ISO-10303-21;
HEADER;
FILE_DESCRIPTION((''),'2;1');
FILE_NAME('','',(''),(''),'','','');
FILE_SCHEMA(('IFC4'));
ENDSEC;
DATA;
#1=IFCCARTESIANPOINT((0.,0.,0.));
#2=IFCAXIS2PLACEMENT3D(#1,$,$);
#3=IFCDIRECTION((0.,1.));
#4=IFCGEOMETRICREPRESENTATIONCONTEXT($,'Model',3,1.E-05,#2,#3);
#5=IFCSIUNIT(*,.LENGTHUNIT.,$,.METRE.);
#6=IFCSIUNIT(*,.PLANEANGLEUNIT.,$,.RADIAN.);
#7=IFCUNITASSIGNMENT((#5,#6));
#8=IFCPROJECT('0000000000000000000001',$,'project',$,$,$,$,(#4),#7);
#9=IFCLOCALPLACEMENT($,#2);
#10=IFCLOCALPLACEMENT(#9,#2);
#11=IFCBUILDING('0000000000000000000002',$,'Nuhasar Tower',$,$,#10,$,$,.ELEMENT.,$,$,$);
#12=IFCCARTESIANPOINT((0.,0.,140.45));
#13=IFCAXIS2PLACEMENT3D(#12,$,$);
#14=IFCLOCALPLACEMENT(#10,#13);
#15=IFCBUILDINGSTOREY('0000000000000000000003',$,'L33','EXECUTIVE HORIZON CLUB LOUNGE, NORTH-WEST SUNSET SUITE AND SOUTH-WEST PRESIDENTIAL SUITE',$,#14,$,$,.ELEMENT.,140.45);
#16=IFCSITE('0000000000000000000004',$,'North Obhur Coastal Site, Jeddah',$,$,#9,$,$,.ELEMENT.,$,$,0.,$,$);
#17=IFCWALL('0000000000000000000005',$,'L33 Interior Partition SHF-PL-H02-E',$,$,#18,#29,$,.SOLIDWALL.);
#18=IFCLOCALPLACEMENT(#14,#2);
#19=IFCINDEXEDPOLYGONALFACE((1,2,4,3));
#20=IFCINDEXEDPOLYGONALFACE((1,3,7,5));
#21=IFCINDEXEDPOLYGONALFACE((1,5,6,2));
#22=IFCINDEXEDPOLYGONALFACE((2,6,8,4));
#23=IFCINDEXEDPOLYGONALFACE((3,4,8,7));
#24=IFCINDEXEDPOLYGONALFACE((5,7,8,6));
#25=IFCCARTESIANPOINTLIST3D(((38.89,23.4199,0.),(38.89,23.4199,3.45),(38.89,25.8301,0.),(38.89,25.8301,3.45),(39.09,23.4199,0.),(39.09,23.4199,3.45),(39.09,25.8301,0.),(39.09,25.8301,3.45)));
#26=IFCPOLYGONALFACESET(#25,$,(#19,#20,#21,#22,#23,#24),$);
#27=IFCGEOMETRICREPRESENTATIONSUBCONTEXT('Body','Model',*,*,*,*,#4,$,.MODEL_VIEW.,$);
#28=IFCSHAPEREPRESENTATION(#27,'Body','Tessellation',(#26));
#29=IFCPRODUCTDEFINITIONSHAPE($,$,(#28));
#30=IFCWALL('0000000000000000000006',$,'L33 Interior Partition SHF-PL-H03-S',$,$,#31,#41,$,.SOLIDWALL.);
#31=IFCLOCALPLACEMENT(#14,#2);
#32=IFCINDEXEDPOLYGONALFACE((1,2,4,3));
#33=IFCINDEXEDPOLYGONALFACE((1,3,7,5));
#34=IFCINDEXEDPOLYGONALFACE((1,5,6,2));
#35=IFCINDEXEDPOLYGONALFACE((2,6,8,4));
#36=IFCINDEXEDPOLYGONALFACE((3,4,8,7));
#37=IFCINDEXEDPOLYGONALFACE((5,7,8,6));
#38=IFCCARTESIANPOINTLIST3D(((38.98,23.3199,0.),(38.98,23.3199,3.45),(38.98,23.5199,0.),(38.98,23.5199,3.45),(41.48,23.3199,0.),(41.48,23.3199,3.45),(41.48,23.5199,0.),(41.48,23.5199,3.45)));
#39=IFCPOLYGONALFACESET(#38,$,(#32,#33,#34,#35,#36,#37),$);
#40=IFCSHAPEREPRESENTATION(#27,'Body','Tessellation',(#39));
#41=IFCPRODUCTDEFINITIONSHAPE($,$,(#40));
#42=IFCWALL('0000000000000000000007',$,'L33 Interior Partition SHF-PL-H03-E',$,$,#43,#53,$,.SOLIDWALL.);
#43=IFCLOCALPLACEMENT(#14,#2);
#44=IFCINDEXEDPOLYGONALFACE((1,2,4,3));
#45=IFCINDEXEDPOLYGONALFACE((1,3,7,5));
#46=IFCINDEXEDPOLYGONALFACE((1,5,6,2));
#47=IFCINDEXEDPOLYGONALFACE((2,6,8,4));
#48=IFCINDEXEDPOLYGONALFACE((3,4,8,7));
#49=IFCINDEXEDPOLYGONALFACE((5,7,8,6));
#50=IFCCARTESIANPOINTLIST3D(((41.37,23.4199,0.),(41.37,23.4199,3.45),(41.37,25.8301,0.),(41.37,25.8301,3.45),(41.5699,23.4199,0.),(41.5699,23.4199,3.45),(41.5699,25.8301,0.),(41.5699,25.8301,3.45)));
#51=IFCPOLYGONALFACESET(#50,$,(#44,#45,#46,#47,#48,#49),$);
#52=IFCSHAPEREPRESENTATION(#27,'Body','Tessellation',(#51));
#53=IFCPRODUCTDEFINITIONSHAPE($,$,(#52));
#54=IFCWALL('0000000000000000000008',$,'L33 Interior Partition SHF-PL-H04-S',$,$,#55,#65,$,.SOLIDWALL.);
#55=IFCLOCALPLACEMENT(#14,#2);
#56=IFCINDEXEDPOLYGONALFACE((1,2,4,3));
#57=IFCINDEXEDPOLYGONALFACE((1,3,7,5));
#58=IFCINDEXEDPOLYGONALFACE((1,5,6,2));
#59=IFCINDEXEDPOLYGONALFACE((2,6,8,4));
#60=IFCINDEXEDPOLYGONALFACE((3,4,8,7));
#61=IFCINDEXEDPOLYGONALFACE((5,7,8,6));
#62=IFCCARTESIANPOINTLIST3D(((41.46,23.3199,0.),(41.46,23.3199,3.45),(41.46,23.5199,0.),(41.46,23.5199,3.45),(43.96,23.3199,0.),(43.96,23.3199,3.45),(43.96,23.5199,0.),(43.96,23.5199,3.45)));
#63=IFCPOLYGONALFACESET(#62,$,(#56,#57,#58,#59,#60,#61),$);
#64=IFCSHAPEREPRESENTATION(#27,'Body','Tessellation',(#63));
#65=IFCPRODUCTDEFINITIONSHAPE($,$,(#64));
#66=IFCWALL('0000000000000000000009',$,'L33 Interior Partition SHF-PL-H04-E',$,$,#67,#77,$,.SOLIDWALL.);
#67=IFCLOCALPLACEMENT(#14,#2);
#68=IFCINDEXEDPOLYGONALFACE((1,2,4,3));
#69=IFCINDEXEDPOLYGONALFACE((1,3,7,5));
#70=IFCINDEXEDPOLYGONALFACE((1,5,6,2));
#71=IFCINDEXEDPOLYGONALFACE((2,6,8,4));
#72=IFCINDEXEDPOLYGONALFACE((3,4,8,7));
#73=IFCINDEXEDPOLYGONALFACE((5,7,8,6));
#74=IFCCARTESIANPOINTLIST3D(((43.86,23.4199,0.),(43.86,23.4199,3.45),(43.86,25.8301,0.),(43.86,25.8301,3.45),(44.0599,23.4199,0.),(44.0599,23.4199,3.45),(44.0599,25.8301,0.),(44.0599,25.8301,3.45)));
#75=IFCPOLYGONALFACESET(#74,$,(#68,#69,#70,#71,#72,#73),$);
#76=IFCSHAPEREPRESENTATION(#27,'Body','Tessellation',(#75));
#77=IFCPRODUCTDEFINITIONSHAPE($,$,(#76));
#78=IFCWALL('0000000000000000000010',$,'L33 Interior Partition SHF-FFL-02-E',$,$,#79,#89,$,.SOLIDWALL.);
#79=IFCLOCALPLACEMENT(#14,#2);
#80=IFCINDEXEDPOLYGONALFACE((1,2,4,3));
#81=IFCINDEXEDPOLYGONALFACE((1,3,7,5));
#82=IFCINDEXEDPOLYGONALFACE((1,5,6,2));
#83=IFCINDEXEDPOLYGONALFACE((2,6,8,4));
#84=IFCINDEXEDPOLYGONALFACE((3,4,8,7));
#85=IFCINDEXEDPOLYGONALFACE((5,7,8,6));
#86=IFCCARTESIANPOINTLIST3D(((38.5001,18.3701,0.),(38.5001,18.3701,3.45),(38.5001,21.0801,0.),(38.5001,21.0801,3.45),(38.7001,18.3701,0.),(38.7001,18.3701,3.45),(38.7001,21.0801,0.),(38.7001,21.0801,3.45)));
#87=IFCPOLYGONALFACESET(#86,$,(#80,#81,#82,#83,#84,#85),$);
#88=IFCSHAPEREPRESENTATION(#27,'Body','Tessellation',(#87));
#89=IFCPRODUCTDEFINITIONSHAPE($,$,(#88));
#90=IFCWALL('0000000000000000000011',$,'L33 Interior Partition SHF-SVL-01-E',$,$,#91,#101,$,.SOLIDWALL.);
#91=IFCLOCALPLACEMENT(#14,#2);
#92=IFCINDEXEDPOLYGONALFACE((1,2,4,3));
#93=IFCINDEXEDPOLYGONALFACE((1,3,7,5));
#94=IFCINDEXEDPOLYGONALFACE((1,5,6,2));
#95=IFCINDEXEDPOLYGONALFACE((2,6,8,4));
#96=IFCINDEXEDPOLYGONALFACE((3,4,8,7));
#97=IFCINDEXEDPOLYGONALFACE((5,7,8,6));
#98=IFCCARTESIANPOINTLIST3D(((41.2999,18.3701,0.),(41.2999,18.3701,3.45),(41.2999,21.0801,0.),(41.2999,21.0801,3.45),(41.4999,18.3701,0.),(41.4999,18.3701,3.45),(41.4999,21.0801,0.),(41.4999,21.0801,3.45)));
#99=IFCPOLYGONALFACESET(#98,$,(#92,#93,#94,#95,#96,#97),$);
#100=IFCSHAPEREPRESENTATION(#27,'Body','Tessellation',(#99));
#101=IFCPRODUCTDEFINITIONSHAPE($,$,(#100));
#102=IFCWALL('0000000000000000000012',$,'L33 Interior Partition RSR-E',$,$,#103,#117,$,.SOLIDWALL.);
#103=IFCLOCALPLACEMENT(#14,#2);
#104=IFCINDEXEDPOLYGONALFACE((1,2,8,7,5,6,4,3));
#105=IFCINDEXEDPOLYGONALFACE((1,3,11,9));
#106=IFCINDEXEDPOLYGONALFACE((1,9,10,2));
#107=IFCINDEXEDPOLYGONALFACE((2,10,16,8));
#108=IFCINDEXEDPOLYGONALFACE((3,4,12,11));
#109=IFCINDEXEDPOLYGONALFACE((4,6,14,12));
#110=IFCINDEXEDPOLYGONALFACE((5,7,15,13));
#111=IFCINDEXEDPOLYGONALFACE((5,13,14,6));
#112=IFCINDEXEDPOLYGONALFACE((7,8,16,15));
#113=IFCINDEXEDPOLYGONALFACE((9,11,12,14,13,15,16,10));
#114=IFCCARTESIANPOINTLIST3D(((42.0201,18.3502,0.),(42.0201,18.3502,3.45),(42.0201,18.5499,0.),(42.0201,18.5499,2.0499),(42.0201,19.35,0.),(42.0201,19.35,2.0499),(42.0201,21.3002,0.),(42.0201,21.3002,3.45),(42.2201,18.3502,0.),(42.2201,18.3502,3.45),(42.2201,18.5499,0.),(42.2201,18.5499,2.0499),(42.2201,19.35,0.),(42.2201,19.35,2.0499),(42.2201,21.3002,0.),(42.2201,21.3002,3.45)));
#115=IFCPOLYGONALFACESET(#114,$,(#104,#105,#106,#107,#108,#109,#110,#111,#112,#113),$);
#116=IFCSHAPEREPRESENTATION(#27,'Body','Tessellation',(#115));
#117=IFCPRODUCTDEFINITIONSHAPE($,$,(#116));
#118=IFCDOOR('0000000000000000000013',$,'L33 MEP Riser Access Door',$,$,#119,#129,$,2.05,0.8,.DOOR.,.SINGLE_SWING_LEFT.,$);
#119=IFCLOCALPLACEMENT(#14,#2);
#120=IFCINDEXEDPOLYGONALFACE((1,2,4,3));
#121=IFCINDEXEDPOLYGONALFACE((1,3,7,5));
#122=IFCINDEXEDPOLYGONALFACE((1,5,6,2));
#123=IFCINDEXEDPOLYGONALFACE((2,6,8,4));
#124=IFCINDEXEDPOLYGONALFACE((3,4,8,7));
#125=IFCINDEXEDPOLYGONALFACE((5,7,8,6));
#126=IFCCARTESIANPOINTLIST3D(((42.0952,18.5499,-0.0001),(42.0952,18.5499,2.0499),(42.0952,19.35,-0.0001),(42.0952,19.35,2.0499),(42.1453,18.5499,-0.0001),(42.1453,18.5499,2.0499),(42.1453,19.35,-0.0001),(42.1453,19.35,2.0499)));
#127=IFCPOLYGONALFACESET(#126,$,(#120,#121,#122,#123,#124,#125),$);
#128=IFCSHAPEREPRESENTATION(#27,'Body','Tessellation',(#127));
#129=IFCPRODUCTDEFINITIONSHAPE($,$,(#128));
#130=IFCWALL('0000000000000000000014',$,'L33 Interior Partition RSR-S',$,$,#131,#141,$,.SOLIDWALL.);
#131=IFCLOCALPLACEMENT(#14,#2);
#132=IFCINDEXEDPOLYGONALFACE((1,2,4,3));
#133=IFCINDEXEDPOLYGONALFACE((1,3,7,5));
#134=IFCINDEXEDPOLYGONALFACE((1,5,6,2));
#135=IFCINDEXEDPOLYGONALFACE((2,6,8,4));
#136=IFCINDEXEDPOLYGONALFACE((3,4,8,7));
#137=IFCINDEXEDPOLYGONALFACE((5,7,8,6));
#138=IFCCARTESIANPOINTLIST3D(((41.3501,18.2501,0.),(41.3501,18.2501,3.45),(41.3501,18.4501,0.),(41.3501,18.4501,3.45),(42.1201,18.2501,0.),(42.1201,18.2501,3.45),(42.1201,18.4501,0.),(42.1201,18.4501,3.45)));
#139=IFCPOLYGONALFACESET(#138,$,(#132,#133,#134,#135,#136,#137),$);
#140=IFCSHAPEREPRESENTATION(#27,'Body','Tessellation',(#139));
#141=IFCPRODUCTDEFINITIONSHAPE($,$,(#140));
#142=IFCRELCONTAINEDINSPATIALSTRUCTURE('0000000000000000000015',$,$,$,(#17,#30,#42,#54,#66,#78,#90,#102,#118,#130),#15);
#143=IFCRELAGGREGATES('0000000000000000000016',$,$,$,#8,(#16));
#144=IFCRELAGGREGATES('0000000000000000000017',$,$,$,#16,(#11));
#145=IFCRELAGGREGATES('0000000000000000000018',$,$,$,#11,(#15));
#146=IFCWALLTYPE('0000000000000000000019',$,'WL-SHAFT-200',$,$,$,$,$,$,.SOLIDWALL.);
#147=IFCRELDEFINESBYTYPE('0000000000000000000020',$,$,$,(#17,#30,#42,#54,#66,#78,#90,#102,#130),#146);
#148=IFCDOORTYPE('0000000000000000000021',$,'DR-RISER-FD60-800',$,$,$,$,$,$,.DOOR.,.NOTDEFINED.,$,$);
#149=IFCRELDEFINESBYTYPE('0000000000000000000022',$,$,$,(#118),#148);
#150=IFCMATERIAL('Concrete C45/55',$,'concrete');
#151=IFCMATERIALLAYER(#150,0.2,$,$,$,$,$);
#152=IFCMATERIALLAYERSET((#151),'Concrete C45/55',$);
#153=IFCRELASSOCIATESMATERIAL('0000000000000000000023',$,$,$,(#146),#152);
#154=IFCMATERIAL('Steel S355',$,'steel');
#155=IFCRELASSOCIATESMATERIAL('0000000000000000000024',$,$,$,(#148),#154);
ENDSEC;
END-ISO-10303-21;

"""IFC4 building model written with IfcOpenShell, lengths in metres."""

from ifc_helpers import new_model, si_unit, direction, frame, frame_2d, origin, place, context, subcontext, project, spatial, rectangle, extrude, material, layer, layer_set, type_object, element, fill, save


model = new_model("IFC4")

# Units and contexts
model_context = context("Model", 3, precision=1e-05, world=origin(), true_north=direction((0.0, 1.0)))
body_context = subcontext(model_context, "Body", "Model", "MODEL_VIEW")
ifc_project = project(units=[si_unit("LENGTHUNIT", "METRE"), si_unit("PLANEANGLEUNIT", "RADIAN")], contexts=[model_context])

# Site, building, storey
site_placement = place(None, origin())
site = spatial("IfcSite", under=ifc_project, at=site_placement, Name="North Obhur Coastal Site, Jeddah", CompositionType="ELEMENT", RefElevation=0.0)
building_placement = place(site_placement, origin())
building = spatial("IfcBuilding", under=site, at=building_placement, Name="Nuhasar Tower", CompositionType="ELEMENT")
storey_placement = place(building_placement, frame((0.0, 0.0, 140.45)))
storey = spatial("IfcBuildingStorey", under=building, at=storey_placement, Name="L33", Description="EXECUTIVE HORIZON CLUB LOUNGE, NORTH-WEST SUNSET SUITE AND SOUTH-WEST PRESIDENTIAL SUITE", CompositionType="ELEMENT", Elevation=140.45)

# Shared definitions
ifc_material_1 = material(Name="Steel S355", Category="steel")

# Shared definitions
ifc_material_2 = material(Name="Concrete C45/55", Category="concrete")

# Shared definitions
ifc_layer_1 = layer(ifc_material_2, 0.2)
ifc_layer_set_1 = layer_set([ifc_layer_1], Name="Concrete C45/55")
wall_type_1 = type_object("IfcWallType", Name="WL-SHAFT-200", PredefinedType="SOLIDWALL", material=ifc_layer_set_1)

# Walls
wall_1_placement = place(storey_placement, frame((38.99, 23.4199, 0.0), z_axis=(0.0, 0.0, 1.0), x_axis=(0.0, 1.0, 0.0)))
element("IfcWall", 1, at=wall_1_placement, inside=storey, type_object=wall_type_1, Name="L33 Interior Partition SHF-PL-H02-E", PredefinedType="SOLIDWALL", context=body_context, shape_type="SweptSolid", body=[
    extrude(rectangle(XDim=2.4102, YDim=0.2, at=frame_2d((1.2051, 0.0))), origin(), (0.0, 0.0, 1.0), 3.45),
])
wall_2_placement = place(storey_placement, frame((38.98, 23.4199, 0.0), z_axis=(0.0, 0.0, 1.0), x_axis=(1.0, 0.0, 0.0)))
element("IfcWall", 2, at=wall_2_placement, inside=storey, type_object=wall_type_1, Name="L33 Interior Partition SHF-PL-H03-S", PredefinedType="SOLIDWALL", context=body_context, shape_type="SweptSolid", body=[
    extrude(rectangle(XDim=2.5, YDim=0.2, at=frame_2d((1.25, 0.0))), origin(), (0.0, 0.0, 1.0), 3.45),
])
wall_3_placement = place(storey_placement, frame((41.47, 23.4199, 0.0), z_axis=(0.0, 0.0, 1.0), x_axis=(0.0, 1.0, 0.0)))
element("IfcWall", 3, at=wall_3_placement, inside=storey, type_object=wall_type_1, Name="L33 Interior Partition SHF-PL-H03-E", PredefinedType="SOLIDWALL", context=body_context, shape_type="SweptSolid", body=[
    extrude(rectangle(XDim=2.4102, YDim=0.2, at=frame_2d((1.2051, 0.0))), origin(), (0.0, 0.0, 1.0), 3.45),
])
wall_4_placement = place(storey_placement, frame((41.46, 23.4199, 0.0), z_axis=(0.0, 0.0, 1.0), x_axis=(1.0, 0.0, 0.0)))
element("IfcWall", 4, at=wall_4_placement, inside=storey, type_object=wall_type_1, Name="L33 Interior Partition SHF-PL-H04-S", PredefinedType="SOLIDWALL", context=body_context, shape_type="SweptSolid", body=[
    extrude(rectangle(XDim=2.5, YDim=0.2, at=frame_2d((1.25, 0.0))), origin(), (0.0, 0.0, 1.0), 3.45),
])
wall_5_placement = place(storey_placement, frame((43.96, 23.4199, 0.0), z_axis=(0.0, 0.0, 1.0), x_axis=(0.0, 1.0, 0.0)))
element("IfcWall", 5, at=wall_5_placement, inside=storey, type_object=wall_type_1, Name="L33 Interior Partition SHF-PL-H04-E", PredefinedType="SOLIDWALL", context=body_context, shape_type="SweptSolid", body=[
    extrude(rectangle(XDim=2.4102, YDim=0.2, at=frame_2d((1.2051, 0.0))), origin(), (0.0, 0.0, 1.0), 3.45),
])
for number, where, z_axis, x_axis, name in (
    (6, (38.6001, 18.3701, 0.0), (0.0, 0.0, 1.0), (0.0, 1.0, 0.0), "L33 Interior Partition SHF-FFL-02-E"),
    (7, (41.3999, 18.3701, 0.0), (0.0, 0.0, 1.0), (0.0, 1.0, 0.0), "L33 Interior Partition SHF-SVL-01-E"),
):
    element("IfcWall", number, at=place(storey_placement, frame(where, z_axis=z_axis, x_axis=x_axis)), inside=storey, type_object=wall_type_1, Name=name, PredefinedType="SOLIDWALL", context=body_context, shape_type="SweptSolid", body=[
        extrude(rectangle(XDim=2.71, YDim=0.2, at=frame_2d((1.355, 0.0))), origin(), (0.0, 0.0, 1.0), 3.45),
    ])

# Wall, opening, door
wall_6_placement = place(storey_placement, frame((42.1201, 18.3501, 0.0), z_axis=(0.0, 0.0, 1.0), x_axis=(0.0, 1.0, 0.0)))
wall_6 = element("IfcWall", 8, at=wall_6_placement, inside=storey, type_object=wall_type_1, Name="L33 Interior Partition RSR-E", PredefinedType="SOLIDWALL", context=body_context, shape_type="SweptSolid", body=[
    extrude(rectangle(XDim=2.95, YDim=0.2, at=frame_2d((1.4751, 0.0))), origin(), (0.0, 0.0, 1.0), 3.45),
])
opening_1_placement = place(wall_6_placement, frame((0.2, 0.0, 0.0)))
opening_1 = element("IfcOpeningElement", 9, at=opening_1_placement, cuts=wall_6, PredefinedType="OPENING", context=body_context, shape_type="SweptSolid", body=[
    extrude(rectangle(XDim=0.8, YDim=2.05, at=frame_2d((0.3999, 1.0249))), frame((0.0, 0.1099, 0.0), z_axis=(0.0, -1.0, 0.0), x_axis=(1.0, 0.0, 0.0)), (0.0, 0.0, 1.0), 0.22),
])
door_type_1 = type_object("IfcDoorType", Name="DR-RISER-FD60-800", OperationType="NOTDEFINED", PredefinedType="DOOR", material=ifc_material_1)
door_1_placement = place(opening_1_placement, origin())
door_1 = element("IfcDoor", 10, at=door_1_placement, inside=storey, type_object=door_type_1, Name="L33 MEP Riser Access Door", OperationType="SINGLE_SWING_LEFT", OverallHeight=2.05, OverallWidth=0.8, PredefinedType="DOOR", context=body_context, shape_type="SweptSolid", body=[
    extrude(rectangle(XDim=0.8, YDim=2.05, at=frame_2d((0.3999, 1.0249))), frame((0.0, 0.0249, 0.0), z_axis=(0.0, -1.0, 0.0), x_axis=(1.0, 0.0, 0.0)), (0.0, 0.0, 1.0), 0.05),
])
fill(opening_1, door_1)

# Wall
wall_7_placement = place(storey_placement, frame((41.3501, 18.3501, 0.0), z_axis=(0.0, 0.0, 1.0), x_axis=(1.0, 0.0, 0.0)))
element("IfcWall", 11, at=wall_7_placement, inside=storey, type_object=wall_type_1, Name="L33 Interior Partition RSR-S", PredefinedType="SOLIDWALL", context=body_context, shape_type="SweptSolid", body=[
    extrude(rectangle(XDim=0.77, YDim=0.2, at=frame_2d((0.385, 0.0))), origin(), (0.0, 0.0, 1.0), 3.45),
])

save(model, "model.ifc")
